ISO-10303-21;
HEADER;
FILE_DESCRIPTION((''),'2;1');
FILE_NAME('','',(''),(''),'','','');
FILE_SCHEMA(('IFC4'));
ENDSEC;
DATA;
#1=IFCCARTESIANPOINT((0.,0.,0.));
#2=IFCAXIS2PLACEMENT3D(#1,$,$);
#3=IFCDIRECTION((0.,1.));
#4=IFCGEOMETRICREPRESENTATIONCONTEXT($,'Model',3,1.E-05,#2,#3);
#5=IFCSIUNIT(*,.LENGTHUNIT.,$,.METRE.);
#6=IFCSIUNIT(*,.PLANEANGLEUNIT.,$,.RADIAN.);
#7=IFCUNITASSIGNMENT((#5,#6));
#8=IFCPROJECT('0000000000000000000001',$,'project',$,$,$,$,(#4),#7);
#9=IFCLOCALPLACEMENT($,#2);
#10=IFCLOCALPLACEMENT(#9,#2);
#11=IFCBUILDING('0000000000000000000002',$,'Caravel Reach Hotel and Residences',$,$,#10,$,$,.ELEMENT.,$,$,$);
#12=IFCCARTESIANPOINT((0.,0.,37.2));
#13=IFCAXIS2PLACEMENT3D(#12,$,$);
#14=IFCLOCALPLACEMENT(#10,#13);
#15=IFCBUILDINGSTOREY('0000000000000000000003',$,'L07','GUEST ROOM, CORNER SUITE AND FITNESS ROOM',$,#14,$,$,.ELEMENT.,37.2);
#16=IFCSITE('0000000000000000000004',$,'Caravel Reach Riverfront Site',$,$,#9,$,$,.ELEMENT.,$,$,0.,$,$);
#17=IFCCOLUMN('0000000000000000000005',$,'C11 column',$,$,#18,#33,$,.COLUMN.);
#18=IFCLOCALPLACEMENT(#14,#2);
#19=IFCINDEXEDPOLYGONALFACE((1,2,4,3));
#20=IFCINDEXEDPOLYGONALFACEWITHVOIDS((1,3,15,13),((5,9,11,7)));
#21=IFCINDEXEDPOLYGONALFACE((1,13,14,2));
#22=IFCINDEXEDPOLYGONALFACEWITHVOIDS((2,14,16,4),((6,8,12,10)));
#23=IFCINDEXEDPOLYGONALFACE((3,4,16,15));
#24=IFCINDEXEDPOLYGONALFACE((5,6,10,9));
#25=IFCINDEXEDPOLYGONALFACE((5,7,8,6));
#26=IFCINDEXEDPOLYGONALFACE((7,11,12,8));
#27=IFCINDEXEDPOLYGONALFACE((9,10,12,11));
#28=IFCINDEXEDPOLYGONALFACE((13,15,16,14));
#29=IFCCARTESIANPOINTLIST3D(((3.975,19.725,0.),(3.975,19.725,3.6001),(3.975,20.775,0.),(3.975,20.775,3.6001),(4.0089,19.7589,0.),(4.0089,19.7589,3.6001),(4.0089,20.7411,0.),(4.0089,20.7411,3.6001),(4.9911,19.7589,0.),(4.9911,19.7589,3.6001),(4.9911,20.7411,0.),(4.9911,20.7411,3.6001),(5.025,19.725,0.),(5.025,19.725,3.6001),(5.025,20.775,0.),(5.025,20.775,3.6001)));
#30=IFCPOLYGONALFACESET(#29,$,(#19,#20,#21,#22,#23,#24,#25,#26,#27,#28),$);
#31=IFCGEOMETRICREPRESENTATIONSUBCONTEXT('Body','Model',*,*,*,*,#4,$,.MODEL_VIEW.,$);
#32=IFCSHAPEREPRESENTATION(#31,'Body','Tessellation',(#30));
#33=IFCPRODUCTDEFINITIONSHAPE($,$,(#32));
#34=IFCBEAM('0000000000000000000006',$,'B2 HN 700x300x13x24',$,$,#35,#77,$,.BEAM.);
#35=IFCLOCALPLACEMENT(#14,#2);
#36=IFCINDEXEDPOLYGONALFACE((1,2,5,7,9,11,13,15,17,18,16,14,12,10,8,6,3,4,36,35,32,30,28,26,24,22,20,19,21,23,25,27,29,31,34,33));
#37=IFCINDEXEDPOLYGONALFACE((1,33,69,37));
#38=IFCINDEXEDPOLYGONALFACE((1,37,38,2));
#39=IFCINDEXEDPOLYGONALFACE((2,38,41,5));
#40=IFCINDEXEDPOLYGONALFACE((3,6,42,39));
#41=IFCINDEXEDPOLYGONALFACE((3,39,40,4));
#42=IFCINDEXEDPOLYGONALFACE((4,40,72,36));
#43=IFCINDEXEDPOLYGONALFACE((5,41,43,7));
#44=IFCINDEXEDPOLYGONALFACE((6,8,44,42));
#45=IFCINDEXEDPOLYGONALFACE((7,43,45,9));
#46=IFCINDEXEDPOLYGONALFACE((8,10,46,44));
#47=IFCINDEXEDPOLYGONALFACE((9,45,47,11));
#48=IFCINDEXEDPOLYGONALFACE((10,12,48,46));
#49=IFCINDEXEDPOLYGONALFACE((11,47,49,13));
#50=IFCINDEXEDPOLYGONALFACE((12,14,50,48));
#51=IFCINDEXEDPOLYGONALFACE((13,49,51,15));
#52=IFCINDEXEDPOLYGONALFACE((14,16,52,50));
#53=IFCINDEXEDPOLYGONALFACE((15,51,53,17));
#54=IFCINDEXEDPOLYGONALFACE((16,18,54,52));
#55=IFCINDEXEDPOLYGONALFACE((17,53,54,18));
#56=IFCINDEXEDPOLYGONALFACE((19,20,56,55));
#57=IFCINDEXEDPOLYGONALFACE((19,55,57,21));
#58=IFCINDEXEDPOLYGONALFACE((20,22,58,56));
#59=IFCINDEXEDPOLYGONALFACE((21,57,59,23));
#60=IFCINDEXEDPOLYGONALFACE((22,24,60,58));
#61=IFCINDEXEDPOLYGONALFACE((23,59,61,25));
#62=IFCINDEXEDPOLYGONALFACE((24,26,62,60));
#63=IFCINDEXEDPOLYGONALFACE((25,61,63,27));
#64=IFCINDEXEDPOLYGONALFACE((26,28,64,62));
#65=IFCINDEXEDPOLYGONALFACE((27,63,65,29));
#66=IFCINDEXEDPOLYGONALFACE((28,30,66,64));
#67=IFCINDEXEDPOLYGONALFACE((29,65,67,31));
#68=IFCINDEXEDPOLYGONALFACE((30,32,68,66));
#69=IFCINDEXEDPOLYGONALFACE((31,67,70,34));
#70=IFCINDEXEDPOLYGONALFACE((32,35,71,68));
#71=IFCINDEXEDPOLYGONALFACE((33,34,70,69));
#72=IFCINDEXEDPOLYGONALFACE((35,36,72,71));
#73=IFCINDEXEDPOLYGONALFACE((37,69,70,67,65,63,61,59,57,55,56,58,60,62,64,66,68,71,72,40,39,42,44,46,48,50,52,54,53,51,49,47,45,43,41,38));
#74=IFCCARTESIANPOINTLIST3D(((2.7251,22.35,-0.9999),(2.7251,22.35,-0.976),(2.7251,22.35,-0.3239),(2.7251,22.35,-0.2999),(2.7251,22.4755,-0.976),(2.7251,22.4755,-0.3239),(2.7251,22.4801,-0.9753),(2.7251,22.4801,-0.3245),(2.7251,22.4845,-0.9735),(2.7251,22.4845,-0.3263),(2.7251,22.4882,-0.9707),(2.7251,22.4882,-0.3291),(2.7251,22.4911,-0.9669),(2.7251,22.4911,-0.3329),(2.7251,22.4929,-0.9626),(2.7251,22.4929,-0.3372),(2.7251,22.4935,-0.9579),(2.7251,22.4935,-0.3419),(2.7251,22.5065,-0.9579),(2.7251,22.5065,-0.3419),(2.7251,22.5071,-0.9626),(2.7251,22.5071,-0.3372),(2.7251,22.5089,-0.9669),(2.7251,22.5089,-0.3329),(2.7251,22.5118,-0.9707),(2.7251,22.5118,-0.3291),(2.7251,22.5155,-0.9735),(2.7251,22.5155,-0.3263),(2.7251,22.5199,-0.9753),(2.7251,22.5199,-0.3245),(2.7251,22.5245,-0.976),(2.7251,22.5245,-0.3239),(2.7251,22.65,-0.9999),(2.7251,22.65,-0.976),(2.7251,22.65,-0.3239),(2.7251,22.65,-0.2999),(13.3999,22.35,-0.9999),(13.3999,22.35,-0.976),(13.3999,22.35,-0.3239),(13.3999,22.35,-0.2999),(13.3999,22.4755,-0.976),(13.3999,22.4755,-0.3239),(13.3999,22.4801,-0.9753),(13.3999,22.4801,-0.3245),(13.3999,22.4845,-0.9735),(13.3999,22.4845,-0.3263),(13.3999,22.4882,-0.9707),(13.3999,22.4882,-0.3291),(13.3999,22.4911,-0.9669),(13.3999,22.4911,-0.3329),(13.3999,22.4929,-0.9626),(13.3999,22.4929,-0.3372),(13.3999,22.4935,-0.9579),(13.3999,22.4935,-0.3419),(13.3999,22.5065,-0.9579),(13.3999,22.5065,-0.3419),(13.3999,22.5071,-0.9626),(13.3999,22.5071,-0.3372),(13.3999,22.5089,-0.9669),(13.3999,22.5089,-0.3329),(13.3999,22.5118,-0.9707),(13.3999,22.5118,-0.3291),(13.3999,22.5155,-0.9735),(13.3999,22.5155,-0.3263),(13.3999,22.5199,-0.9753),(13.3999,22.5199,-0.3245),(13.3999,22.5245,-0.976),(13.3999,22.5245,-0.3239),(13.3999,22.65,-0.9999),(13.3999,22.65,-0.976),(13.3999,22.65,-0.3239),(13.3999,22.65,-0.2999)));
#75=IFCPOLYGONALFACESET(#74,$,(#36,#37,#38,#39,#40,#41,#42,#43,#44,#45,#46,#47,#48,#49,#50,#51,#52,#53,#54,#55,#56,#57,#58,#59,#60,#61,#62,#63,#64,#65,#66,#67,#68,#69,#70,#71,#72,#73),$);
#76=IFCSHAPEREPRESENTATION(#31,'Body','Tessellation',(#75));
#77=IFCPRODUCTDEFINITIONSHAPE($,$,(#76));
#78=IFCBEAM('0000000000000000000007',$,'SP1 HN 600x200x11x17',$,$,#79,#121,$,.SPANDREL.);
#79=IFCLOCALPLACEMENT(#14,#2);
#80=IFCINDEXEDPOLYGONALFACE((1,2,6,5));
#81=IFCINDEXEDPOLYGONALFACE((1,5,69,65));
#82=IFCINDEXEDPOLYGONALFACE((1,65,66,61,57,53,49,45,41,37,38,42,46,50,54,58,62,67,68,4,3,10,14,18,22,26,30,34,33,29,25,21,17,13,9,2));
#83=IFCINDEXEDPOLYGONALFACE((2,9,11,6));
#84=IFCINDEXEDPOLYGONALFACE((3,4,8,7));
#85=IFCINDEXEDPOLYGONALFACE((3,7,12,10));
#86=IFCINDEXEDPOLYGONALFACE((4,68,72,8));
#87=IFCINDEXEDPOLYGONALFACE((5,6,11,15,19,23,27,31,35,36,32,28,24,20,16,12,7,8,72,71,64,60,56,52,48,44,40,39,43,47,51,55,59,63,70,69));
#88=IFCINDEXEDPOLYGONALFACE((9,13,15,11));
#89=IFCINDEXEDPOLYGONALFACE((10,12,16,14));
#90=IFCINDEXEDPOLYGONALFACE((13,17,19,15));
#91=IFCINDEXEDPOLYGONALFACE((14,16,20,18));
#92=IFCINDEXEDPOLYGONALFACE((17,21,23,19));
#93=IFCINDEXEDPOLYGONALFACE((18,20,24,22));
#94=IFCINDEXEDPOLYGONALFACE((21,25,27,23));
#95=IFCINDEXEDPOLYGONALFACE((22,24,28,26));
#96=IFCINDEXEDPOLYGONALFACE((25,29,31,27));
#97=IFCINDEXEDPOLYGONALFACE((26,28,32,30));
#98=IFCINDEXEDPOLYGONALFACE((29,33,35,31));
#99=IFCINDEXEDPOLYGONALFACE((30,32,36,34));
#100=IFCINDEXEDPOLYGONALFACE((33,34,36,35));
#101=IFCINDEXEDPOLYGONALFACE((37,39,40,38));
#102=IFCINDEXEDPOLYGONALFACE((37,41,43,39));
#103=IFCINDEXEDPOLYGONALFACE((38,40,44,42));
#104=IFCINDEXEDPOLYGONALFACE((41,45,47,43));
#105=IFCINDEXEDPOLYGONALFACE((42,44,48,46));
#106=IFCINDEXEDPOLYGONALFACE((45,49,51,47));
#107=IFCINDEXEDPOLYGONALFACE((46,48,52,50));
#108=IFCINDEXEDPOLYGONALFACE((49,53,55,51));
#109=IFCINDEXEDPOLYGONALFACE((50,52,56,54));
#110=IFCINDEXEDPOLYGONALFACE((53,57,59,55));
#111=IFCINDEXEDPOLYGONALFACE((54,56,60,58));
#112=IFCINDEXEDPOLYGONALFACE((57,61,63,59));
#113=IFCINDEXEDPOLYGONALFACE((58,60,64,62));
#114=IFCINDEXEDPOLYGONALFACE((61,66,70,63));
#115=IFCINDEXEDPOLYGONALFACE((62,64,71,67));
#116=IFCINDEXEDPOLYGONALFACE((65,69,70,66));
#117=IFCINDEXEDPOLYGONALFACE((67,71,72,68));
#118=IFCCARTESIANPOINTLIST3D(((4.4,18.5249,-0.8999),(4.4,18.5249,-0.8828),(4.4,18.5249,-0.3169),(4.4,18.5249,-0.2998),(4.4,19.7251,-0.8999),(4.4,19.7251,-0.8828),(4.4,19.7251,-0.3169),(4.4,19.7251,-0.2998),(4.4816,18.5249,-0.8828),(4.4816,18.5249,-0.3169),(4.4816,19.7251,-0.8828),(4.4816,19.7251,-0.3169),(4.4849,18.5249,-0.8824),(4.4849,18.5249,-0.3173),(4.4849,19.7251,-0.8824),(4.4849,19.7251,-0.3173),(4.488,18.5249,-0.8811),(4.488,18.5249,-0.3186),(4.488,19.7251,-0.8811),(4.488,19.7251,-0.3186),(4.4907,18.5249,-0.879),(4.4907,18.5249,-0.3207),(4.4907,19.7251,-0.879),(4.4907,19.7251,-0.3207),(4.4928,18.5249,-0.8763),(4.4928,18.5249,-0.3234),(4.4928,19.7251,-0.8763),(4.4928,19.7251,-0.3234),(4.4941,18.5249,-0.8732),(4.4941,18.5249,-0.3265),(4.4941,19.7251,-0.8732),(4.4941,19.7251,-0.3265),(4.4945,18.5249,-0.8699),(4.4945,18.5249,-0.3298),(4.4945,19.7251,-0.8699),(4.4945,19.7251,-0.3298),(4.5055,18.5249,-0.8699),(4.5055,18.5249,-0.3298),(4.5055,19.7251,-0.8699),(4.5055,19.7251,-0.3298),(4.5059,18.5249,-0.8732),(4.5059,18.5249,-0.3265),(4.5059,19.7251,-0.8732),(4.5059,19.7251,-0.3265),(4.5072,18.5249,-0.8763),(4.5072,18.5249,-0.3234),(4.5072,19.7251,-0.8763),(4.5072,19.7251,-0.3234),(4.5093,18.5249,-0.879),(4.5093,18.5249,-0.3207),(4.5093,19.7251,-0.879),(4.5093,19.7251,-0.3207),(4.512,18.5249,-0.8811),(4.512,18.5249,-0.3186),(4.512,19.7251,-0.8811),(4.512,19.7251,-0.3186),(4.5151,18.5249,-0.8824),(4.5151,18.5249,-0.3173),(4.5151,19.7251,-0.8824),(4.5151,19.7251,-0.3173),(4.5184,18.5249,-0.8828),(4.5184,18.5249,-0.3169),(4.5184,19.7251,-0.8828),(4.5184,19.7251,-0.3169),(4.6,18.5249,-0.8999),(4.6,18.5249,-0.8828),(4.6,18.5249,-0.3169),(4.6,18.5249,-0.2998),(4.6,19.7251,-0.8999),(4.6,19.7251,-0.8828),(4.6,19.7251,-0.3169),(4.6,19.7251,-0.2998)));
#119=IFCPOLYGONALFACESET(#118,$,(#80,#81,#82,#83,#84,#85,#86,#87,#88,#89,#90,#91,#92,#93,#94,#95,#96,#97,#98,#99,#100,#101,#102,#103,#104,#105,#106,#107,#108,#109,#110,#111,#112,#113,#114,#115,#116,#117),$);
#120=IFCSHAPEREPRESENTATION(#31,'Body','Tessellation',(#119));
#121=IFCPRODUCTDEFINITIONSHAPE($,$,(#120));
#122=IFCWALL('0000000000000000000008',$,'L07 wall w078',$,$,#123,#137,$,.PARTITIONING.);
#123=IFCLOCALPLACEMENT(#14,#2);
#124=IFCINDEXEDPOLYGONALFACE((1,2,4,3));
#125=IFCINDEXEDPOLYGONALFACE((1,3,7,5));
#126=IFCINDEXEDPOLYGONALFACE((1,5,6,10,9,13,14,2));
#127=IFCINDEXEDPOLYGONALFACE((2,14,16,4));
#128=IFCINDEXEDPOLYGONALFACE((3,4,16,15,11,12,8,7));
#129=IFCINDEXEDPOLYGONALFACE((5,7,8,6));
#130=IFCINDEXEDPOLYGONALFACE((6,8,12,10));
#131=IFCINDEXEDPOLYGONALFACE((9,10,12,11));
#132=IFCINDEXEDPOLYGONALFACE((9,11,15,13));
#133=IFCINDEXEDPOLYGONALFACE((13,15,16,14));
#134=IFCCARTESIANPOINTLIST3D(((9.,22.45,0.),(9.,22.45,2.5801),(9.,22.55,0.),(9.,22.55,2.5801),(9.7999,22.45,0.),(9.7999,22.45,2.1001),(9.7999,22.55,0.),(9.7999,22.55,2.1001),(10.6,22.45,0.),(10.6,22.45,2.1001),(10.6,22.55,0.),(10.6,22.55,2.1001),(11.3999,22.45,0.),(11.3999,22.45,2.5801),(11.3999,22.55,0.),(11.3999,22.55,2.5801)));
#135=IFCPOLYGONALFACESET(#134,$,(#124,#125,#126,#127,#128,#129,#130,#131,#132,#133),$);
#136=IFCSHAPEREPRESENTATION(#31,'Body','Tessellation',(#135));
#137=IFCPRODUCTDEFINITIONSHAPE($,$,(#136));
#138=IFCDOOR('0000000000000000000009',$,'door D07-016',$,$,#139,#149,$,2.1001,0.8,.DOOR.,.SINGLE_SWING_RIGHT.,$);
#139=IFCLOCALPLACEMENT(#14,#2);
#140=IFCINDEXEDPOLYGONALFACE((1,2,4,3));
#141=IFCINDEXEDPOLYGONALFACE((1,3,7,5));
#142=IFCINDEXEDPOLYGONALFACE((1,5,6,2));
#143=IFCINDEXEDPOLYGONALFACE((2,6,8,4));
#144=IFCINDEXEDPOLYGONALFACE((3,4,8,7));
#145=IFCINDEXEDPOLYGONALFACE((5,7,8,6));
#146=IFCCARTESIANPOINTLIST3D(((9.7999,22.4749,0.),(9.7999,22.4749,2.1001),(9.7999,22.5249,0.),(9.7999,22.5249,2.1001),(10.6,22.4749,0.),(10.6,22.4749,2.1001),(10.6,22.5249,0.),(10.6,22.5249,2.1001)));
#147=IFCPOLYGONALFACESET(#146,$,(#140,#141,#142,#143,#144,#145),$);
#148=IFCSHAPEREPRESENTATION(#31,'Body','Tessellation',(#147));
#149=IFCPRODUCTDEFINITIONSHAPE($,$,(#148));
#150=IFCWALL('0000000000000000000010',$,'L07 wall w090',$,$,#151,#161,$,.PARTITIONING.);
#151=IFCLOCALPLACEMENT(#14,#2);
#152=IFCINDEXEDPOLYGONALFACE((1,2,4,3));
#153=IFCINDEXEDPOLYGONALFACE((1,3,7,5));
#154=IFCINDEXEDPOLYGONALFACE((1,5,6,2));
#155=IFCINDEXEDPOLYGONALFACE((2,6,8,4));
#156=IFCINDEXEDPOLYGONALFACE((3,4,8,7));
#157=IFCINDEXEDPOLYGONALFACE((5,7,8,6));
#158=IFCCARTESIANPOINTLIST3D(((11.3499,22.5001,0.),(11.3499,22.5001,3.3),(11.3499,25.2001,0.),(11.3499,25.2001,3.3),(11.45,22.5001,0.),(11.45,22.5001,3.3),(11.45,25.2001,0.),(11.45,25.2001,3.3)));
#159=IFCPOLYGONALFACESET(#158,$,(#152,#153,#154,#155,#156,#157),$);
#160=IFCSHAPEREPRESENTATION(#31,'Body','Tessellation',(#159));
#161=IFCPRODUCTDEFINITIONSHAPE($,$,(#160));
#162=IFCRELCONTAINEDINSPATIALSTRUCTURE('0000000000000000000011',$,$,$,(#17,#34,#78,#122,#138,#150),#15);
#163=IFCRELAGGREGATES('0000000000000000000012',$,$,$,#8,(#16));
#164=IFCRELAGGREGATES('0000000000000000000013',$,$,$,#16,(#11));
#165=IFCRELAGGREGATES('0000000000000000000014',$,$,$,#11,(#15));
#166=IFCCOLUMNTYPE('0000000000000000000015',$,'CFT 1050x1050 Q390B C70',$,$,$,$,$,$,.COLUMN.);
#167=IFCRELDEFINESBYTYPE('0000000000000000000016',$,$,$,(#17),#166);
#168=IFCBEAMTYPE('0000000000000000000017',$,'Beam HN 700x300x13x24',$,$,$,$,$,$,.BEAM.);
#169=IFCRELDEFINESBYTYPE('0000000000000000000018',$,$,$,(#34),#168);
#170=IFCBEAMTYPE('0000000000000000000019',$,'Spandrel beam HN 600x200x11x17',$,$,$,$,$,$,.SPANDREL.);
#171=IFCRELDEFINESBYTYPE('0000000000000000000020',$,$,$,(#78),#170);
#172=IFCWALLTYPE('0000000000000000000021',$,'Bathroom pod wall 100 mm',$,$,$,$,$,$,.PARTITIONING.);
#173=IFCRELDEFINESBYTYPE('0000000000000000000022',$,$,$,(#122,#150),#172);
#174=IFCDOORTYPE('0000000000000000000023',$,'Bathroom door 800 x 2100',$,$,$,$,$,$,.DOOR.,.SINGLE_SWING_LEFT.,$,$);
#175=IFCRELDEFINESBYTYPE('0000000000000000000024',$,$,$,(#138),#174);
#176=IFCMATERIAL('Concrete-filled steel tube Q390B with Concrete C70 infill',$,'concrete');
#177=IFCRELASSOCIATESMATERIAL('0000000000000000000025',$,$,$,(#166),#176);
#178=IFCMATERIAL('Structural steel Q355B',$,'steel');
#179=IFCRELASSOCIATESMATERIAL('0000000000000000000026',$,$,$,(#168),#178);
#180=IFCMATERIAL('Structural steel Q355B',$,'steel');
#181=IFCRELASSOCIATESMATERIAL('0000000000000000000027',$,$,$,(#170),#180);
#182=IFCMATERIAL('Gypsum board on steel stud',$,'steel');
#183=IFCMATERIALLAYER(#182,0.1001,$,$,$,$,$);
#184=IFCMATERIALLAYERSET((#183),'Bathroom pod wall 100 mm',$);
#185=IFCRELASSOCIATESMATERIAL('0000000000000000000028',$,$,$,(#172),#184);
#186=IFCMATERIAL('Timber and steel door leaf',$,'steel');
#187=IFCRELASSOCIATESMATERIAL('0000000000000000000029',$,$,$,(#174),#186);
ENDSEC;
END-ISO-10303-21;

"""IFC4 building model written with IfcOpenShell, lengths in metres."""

from ifc_helpers import new_model, si_unit, direction, frame, frame_2d, origin, origin_2d, place, context, subcontext, project, spatial, rectangle, hollow_rectangle, i_section, extrude, material, layer, layer_set, material_profile, profile_set, type_object, element, fill, save


model = new_model("IFC4")

# Units and contexts
model_context = context("Model", 3, precision=1e-05, world=origin(), true_north=direction((0.0, 1.0)))
body_context = subcontext(model_context, "Body", "Model", "MODEL_VIEW")
ifc_project = project(units=[si_unit("LENGTHUNIT", "METRE"), si_unit("PLANEANGLEUNIT", "RADIAN")], contexts=[model_context])

# Site, building, storey
site_placement = place(None, origin())
site = spatial("IfcSite", under=ifc_project, at=site_placement, Name="Caravel Reach Riverfront Site", CompositionType="ELEMENT", RefElevation=0.0)
building_placement = place(site_placement, origin())
building = spatial("IfcBuilding", under=site, at=building_placement, Name="Caravel Reach Hotel and Residences", CompositionType="ELEMENT")
storey_placement = place(building_placement, frame((0.0, 0.0, 37.2)))
storey = spatial("IfcBuildingStorey", under=building, at=storey_placement, Name="L07", Description="GUEST ROOM, CORNER SUITE AND FITNESS ROOM", CompositionType="ELEMENT", Elevation=37.2)

# Column
ifc_material_1 = material(Name="Concrete-filled steel tube Q390B with Concrete C70 infill", Category="concrete")
ifc_material_profile_1 = material_profile(ifc_material_1, hollow_rectangle(XDim=1.05, YDim=1.05, WallThickness=0.0339, at=origin_2d()), Name="RHS 1050x1050x34")
ifc_profile_set_1 = profile_set([ifc_material_profile_1], Name="Concrete-filled steel tube Q390B with Concrete C70 infill")
column_type = type_object("IfcColumnType", Name="CFT 1050x1050 Q390B C70", PredefinedType="COLUMN", material=ifc_profile_set_1)
column_placement = place(storey_placement, frame((4.5, 20.25, 0.0), z_axis=(0.0, 0.0, 1.0), x_axis=(1.0, 0.0, 0.0)))
element("IfcColumn", 1, at=column_placement, inside=storey, type_object=column_type, Name="C11 column", PredefinedType="COLUMN", context=body_context, shape_type="SweptSolid", body=[
    extrude(hollow_rectangle(XDim=1.05, YDim=1.05, WallThickness=0.0339, at=origin_2d()), origin(), (0.0, 0.0, 1.0), 3.6001),
])

# Beams
ifc_material_2 = material(Name="Structural steel Q355B", Category="steel")
ifc_material_profile_2 = material_profile(ifc_material_2, i_section(OverallWidth=0.3, OverallDepth=0.7, WebThickness=0.0129, FlangeThickness=0.0239, FilletRadius=0.0181, at=origin_2d()), Name="HN 700x300x13x24")
ifc_profile_set_2 = profile_set([ifc_material_profile_2], Name="Structural steel Q355B")
beam_type_1 = type_object("IfcBeamType", Name="Beam HN 700x300x13x24", PredefinedType="BEAM", material=ifc_profile_set_2)
beam_1_placement = place(storey_placement, frame((13.3999, 22.5, -0.6499), z_axis=(-1.0, 0.0, 0.0), x_axis=(0.0, -1.0, 0.0)))
element("IfcBeam", 2, at=beam_1_placement, inside=storey, type_object=beam_type_1, Name="B2 HN 700x300x13x24", PredefinedType="BEAM", context=body_context, shape_type="SweptSolid", body=[
    extrude(i_section(OverallWidth=0.3, OverallDepth=0.7, WebThickness=0.0129, FlangeThickness=0.0239, FilletRadius=0.0181, at=origin_2d()), origin(), (0.0, 0.0, 1.0), 10.6748),
])
ifc_material_3 = material(Name="Structural steel Q355B", Category="steel")
ifc_material_profile_3 = material_profile(ifc_material_3, i_section(OverallWidth=0.2, OverallDepth=0.6001, WebThickness=0.011, FlangeThickness=0.0171, FilletRadius=0.0129, at=origin_2d()), Name="HN 600x200x11x17")
ifc_profile_set_3 = profile_set([ifc_material_profile_3], Name="Structural steel Q355B")
beam_type_2 = type_object("IfcBeamType", Name="Spandrel beam HN 600x200x11x17", PredefinedType="SPANDREL", material=ifc_profile_set_3)
beam_2_placement = place(storey_placement, frame((4.5, 19.7251, -0.5999), z_axis=(0.0, -1.0, 0.0), x_axis=(1.0, 0.0, 0.0)))
element("IfcBeam", 3, at=beam_2_placement, inside=storey, type_object=beam_type_2, Name="SP1 HN 600x200x11x17", PredefinedType="SPANDREL", context=body_context, shape_type="SweptSolid", body=[
    extrude(i_section(OverallWidth=0.2, OverallDepth=0.6001, WebThickness=0.011, FlangeThickness=0.0171, FilletRadius=0.0129, at=origin_2d()), origin(), (0.0, 0.0, 1.0), 1.2002),
])

# Wall, opening, door
ifc_material_4 = material(Name="Gypsum board on steel stud", Category="steel")
ifc_layer_1 = layer(ifc_material_4, 0.1001)
ifc_layer_set_1 = layer_set([ifc_layer_1], Name="Bathroom pod wall 100 mm")
wall_type_1 = type_object("IfcWallType", Name="Bathroom pod wall 100 mm", PredefinedType="PARTITIONING", material=ifc_layer_set_1)
wall_1_placement = place(storey_placement, frame((9.0, 22.5, 0.0), z_axis=(0.0, 0.0, 1.0), x_axis=(1.0, 0.0, 0.0)))
wall_1 = element("IfcWall", 4, at=wall_1_placement, inside=storey, type_object=wall_type_1, Name="L07 wall w078", PredefinedType="PARTITIONING", context=body_context, shape_type="SweptSolid", body=[
    extrude(rectangle(XDim=2.3999, YDim=0.1001, at=frame_2d((1.2, 0.0))), origin(), (0.0, 0.0, 1.0), 2.5801),
])
opening_1_placement = place(wall_1_placement, frame((0.8, 0.0, 0.0)))
opening_1 = element("IfcOpeningElement", 5, at=opening_1_placement, cuts=wall_1, PredefinedType="OPENING", context=body_context, shape_type="SweptSolid", body=[
    extrude(rectangle(XDim=0.8, YDim=2.1001, at=frame_2d((0.3999, 1.05))), frame((0.0, 0.0601, 0.0), z_axis=(0.0, -1.0, 0.0), x_axis=(1.0, 0.0, 0.0)), (0.0, 0.0, 1.0), 0.1201),
])
ifc_material_5 = material(Name="Timber and steel door leaf", Category="steel")
door_type_1 = type_object("IfcDoorType", Name="Bathroom door 800 x 2100", OperationType="SINGLE_SWING_LEFT", PredefinedType="DOOR", material=ifc_material_5)
door_1_placement = place(opening_1_placement, origin())
door_1 = element("IfcDoor", 6, at=door_1_placement, inside=storey, type_object=door_type_1, Name="door D07-016", OperationType="SINGLE_SWING_RIGHT", OverallHeight=2.1001, OverallWidth=0.8, PredefinedType="DOOR", context=body_context, shape_type="SweptSolid", body=[
    extrude(rectangle(XDim=0.8, YDim=2.1001, at=frame_2d((0.3999, 1.05))), frame((0.0, 0.0249, 0.0), z_axis=(0.0, -1.0, 0.0), x_axis=(1.0, 0.0, 0.0)), (0.0, 0.0, 1.0), 0.05),
])
fill(opening_1, door_1)

# Wall
wall_2_placement = place(storey_placement, frame((11.3999, 22.5, 0.0), z_axis=(0.0, 0.0, 1.0), x_axis=(0.0, 1.0, 0.0)))
element("IfcWall", 7, at=wall_2_placement, inside=storey, type_object=wall_type_1, Name="L07 wall w090", PredefinedType="PARTITIONING", context=body_context, shape_type="SweptSolid", body=[
    extrude(rectangle(XDim=2.7, YDim=0.1001, at=frame_2d((1.3501, 0.0))), origin(), (0.0, 0.0, 1.0), 3.3),
])

save(model, "model.ifc")
